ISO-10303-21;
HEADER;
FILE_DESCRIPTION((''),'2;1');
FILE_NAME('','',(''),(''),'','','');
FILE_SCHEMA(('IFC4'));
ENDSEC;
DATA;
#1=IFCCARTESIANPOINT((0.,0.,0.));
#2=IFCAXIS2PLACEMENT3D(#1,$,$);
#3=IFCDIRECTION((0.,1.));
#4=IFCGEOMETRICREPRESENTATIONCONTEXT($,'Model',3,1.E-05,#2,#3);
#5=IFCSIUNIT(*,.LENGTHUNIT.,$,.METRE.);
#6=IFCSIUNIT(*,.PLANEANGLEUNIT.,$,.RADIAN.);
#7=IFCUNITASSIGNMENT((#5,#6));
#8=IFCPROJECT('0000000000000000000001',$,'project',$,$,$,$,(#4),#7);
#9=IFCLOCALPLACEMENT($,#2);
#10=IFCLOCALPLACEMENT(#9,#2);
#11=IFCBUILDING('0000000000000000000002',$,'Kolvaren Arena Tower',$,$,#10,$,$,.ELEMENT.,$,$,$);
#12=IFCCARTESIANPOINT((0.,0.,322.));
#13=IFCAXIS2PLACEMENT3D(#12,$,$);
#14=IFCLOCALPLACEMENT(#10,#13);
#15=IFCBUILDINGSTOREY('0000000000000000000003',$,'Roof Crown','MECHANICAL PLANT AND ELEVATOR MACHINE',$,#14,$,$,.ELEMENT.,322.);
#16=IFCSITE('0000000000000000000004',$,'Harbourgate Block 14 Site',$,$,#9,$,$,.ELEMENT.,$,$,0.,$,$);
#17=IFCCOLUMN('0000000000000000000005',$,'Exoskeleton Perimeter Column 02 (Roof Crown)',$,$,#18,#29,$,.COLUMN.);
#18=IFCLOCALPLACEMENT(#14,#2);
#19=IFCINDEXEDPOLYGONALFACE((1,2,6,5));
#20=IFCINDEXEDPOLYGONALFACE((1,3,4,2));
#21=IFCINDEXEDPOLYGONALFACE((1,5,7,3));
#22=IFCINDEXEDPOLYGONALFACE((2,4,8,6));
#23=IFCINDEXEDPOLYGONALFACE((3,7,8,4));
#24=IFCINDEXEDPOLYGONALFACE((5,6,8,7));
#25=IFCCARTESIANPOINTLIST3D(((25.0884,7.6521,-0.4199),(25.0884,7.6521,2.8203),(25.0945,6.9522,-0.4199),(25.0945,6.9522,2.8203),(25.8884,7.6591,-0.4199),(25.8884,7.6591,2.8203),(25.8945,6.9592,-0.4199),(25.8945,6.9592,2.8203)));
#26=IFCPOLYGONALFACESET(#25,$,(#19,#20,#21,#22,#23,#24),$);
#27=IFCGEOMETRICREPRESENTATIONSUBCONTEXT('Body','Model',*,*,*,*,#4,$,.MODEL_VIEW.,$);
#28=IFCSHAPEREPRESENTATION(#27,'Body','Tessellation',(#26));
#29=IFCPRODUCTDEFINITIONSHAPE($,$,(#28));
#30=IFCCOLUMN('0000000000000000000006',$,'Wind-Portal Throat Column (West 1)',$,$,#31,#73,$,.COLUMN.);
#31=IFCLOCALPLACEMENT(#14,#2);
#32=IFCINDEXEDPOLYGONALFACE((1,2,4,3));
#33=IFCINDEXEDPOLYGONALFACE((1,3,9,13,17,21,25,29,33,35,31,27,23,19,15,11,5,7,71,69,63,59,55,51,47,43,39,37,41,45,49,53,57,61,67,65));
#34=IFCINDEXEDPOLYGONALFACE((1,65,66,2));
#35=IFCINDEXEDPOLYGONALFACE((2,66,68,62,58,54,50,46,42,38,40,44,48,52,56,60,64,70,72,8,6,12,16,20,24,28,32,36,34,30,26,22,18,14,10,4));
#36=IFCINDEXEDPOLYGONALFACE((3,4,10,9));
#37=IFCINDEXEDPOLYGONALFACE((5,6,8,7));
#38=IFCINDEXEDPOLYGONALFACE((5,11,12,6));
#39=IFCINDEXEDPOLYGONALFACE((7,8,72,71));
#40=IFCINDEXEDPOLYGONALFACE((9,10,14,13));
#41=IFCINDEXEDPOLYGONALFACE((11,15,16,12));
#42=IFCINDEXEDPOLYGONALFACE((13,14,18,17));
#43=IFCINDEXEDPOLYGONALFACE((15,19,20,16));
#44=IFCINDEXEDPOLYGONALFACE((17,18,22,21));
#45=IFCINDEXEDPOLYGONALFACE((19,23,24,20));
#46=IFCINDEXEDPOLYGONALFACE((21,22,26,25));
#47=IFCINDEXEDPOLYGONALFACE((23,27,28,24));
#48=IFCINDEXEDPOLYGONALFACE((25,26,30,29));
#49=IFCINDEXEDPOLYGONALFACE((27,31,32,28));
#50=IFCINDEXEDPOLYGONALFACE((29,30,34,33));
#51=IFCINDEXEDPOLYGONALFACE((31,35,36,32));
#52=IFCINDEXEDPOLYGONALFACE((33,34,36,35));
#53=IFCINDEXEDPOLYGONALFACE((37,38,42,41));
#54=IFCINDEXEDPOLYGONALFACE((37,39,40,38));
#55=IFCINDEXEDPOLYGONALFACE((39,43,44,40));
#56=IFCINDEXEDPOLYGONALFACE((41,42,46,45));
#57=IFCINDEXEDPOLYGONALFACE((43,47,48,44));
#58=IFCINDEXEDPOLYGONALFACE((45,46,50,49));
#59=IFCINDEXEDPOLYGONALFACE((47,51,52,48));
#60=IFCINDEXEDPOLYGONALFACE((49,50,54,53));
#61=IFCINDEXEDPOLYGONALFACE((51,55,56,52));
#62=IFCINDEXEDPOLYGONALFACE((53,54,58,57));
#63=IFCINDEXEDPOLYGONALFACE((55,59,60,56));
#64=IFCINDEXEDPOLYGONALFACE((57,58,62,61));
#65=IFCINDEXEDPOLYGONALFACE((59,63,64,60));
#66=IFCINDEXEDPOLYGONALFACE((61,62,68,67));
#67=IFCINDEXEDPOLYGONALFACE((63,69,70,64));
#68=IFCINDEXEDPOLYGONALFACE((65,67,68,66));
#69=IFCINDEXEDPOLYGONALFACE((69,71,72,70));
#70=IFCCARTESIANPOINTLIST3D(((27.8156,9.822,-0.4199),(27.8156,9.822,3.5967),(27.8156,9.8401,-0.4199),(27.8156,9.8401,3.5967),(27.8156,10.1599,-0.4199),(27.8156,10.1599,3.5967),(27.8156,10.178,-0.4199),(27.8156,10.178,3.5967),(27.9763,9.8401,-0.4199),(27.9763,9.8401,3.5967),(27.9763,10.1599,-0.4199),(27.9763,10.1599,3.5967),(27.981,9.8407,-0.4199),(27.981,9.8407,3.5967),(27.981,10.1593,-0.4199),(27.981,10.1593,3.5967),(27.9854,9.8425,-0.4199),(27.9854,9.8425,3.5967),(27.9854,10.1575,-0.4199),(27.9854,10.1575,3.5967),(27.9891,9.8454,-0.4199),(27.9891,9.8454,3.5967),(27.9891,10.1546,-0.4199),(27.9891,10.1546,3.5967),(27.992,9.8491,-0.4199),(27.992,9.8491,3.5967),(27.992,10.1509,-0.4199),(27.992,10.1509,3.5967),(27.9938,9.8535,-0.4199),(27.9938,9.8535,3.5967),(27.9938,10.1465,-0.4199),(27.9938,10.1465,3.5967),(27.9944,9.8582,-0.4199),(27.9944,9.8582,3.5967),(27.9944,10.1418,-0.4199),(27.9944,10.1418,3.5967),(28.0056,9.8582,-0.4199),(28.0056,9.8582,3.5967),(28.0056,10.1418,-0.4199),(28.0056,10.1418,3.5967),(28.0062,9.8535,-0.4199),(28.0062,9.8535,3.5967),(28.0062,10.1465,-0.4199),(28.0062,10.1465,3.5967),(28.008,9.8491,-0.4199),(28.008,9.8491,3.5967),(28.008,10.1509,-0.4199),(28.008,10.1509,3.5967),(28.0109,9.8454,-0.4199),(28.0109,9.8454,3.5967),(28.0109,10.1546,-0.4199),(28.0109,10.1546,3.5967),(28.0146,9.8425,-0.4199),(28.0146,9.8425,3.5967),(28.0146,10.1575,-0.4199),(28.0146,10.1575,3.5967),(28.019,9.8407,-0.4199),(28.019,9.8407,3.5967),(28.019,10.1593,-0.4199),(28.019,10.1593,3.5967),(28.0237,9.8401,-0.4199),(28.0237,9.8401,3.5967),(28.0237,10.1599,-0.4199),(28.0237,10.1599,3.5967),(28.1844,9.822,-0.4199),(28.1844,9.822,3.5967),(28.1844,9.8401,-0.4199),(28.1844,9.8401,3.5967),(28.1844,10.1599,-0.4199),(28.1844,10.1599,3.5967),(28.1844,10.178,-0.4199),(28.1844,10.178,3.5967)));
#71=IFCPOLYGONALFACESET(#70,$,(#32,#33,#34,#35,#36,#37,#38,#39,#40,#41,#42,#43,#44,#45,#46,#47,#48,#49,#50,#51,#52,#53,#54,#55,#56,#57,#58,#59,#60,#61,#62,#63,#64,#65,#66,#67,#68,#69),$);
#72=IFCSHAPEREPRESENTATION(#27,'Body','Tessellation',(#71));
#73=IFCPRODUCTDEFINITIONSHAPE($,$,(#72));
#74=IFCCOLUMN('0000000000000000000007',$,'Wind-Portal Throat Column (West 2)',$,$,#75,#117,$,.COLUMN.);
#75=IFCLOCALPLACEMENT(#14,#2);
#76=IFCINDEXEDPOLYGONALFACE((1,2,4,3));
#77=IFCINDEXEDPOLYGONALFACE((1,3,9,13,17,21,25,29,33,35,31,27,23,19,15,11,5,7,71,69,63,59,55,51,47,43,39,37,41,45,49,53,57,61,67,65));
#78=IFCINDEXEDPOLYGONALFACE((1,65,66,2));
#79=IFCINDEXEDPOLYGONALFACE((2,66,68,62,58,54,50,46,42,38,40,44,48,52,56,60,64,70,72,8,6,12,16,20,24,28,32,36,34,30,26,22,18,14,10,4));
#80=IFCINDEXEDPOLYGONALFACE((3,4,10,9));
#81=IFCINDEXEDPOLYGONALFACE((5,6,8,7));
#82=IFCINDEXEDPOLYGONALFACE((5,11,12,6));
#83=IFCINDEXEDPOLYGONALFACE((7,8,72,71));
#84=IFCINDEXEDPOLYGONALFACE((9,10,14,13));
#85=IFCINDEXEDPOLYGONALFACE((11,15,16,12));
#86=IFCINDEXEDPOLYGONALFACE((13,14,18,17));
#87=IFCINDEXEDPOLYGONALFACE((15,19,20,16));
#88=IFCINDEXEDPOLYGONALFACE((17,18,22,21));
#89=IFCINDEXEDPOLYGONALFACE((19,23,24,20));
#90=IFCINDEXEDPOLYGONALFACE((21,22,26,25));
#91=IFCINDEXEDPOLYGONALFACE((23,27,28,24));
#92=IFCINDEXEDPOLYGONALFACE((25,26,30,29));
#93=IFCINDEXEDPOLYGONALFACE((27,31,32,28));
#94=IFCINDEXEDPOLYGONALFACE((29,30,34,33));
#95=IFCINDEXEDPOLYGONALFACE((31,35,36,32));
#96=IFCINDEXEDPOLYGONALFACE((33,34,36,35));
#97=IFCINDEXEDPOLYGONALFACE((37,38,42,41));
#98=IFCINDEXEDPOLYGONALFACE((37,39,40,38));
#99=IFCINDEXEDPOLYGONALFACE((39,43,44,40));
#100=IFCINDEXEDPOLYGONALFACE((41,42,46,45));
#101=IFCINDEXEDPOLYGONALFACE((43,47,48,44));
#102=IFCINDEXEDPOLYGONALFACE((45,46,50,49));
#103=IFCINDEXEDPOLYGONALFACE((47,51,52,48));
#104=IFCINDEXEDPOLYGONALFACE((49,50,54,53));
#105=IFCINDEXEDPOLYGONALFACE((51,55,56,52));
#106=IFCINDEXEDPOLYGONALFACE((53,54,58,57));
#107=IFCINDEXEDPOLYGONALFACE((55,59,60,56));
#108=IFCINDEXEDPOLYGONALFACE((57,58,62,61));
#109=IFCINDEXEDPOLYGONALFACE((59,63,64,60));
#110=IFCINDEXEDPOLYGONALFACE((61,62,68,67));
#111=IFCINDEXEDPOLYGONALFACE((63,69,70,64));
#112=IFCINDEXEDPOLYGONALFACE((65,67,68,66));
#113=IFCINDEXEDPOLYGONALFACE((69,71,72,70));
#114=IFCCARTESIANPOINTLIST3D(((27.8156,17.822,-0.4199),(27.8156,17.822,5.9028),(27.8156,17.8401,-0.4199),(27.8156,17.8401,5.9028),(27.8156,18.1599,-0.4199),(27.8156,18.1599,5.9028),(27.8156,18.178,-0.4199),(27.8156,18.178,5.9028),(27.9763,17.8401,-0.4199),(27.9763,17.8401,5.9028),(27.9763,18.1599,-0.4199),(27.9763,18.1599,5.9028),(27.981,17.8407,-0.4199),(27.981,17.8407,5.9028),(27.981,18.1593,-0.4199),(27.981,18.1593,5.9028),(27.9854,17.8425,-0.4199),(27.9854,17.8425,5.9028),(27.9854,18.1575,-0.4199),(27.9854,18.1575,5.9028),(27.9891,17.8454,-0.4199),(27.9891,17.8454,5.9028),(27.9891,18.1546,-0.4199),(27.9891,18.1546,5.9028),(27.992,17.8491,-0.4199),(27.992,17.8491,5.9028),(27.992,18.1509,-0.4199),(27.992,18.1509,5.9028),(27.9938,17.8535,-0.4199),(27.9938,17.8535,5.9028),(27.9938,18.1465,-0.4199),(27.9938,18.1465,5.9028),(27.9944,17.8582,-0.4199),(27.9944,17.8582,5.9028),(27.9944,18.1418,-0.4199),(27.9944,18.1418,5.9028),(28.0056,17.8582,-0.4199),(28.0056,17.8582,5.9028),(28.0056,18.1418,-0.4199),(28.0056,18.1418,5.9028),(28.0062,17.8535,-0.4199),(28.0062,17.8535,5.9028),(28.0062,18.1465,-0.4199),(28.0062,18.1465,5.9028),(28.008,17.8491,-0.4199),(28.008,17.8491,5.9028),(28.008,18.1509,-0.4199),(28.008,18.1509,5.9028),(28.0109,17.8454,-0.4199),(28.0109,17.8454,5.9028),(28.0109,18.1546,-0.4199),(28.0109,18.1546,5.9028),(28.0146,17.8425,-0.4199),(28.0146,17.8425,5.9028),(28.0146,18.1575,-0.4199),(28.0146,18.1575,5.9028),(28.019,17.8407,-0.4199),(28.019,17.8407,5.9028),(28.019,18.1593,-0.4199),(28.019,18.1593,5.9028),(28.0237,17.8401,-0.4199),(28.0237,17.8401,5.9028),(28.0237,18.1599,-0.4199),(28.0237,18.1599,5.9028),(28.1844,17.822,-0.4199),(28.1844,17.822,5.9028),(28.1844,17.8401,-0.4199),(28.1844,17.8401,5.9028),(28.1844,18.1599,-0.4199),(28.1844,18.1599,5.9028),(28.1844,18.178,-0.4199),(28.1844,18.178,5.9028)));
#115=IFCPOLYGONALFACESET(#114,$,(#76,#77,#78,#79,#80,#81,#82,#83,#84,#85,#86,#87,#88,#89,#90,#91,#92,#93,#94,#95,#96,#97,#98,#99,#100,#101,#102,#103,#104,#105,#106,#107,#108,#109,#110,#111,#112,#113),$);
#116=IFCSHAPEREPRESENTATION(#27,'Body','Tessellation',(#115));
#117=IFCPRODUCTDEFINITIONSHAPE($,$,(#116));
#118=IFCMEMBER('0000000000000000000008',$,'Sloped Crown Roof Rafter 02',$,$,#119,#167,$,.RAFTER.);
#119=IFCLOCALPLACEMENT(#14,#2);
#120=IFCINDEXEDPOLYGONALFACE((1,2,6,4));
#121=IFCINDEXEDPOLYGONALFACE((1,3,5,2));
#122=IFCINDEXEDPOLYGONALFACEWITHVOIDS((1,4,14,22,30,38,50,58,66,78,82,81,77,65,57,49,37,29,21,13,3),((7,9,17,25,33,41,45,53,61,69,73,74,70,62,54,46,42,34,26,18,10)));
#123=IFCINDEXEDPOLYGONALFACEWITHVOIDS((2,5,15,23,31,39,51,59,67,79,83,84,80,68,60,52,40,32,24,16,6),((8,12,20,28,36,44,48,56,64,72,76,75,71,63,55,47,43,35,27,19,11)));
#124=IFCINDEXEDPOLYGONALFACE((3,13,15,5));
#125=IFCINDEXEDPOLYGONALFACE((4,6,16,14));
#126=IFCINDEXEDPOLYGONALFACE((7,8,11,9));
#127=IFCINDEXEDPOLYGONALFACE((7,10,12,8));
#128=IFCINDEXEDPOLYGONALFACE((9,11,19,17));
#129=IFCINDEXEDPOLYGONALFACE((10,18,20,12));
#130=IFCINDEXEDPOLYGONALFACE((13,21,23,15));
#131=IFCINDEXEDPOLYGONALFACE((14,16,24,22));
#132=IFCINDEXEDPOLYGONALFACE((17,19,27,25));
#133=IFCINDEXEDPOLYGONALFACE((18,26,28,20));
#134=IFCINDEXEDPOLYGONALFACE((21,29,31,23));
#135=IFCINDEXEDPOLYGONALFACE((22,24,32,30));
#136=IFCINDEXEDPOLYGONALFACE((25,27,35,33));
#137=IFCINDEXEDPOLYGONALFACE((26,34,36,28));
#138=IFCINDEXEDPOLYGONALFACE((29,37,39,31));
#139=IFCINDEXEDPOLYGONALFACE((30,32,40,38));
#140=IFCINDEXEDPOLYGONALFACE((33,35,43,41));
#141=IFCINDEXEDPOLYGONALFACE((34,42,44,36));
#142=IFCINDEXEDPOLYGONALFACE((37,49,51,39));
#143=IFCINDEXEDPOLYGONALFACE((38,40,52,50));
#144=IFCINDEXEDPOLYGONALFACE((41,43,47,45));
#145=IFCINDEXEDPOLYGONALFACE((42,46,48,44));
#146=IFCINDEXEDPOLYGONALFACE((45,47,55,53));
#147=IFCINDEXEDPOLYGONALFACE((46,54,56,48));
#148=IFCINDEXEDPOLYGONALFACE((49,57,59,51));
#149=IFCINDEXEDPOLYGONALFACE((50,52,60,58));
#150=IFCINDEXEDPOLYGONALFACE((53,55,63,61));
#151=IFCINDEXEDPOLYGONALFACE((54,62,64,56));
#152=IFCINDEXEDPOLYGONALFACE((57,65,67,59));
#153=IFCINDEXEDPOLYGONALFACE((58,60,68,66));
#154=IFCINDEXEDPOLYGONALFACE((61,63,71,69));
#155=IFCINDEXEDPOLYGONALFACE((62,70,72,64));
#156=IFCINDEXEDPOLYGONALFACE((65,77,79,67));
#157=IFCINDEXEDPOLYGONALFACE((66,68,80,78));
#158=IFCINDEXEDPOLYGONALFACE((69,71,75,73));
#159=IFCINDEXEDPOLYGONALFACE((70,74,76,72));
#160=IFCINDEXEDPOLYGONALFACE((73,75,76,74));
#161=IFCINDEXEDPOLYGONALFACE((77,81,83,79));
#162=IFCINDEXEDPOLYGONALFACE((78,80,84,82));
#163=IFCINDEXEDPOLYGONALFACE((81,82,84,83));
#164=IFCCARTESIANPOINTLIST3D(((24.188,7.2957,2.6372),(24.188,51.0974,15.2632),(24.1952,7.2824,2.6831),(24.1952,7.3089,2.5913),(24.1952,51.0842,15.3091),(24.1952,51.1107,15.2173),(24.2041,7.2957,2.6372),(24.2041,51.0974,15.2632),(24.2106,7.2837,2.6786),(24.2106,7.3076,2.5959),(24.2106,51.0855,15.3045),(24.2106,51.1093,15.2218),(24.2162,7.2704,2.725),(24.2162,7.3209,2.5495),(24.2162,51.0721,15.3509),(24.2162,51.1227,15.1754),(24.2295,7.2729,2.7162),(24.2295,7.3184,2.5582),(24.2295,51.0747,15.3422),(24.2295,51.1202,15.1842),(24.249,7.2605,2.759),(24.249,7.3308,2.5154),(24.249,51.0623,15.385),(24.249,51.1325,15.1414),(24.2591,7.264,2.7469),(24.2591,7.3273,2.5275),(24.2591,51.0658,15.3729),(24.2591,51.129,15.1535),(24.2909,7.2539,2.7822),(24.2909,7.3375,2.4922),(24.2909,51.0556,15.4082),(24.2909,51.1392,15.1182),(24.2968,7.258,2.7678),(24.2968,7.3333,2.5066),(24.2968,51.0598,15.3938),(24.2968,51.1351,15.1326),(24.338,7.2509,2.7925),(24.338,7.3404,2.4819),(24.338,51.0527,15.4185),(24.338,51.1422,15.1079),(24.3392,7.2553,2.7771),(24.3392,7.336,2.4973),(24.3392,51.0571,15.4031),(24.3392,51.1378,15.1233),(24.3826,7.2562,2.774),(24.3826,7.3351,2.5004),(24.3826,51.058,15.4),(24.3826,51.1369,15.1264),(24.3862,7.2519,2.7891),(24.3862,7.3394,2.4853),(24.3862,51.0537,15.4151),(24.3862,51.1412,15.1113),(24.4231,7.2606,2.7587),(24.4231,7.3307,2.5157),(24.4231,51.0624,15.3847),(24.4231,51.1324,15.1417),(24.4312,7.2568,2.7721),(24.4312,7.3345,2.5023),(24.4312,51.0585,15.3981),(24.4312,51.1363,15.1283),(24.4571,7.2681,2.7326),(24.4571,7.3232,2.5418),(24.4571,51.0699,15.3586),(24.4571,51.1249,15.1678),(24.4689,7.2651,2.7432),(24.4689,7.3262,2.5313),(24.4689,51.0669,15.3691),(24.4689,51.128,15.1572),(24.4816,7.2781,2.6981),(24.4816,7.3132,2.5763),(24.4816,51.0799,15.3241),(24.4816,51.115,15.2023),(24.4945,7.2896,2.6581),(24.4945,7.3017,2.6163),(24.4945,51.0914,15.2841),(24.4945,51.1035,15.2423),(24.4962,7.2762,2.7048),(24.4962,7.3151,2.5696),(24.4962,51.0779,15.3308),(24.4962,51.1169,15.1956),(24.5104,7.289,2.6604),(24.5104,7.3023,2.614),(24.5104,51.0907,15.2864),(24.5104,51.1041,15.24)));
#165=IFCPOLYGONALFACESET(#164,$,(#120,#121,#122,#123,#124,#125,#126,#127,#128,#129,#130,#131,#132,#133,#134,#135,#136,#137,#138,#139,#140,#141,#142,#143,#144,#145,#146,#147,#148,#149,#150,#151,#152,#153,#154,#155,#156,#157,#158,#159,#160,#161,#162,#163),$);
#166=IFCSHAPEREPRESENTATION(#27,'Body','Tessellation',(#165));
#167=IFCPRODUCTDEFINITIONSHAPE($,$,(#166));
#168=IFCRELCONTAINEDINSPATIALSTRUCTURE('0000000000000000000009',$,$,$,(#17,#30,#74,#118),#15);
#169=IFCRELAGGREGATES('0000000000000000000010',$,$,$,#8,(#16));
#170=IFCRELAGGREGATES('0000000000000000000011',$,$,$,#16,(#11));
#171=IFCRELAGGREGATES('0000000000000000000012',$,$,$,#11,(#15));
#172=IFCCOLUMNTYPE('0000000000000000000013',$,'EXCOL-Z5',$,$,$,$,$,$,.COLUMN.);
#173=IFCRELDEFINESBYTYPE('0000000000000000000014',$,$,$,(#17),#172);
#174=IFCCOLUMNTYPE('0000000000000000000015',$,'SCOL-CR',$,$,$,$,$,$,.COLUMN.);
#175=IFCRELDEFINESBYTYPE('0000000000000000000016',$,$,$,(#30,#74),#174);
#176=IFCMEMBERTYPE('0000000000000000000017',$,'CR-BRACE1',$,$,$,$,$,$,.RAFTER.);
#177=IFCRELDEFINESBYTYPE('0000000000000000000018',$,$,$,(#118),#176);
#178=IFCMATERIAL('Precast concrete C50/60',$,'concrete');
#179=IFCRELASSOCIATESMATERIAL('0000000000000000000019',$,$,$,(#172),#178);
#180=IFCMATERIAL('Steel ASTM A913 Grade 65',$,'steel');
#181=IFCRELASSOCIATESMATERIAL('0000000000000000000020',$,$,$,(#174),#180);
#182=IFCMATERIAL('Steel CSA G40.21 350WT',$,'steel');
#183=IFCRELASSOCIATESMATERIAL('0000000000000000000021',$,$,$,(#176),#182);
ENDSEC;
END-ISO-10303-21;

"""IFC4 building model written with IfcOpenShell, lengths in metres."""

from ifc_helpers import new_model, si_unit, direction, frame, origin, origin_2d, place, context, subcontext, project, spatial, rectangle, hollow_circle, i_section, extrude, material, material_profile, profile_set, type_object, element, save


model = new_model("IFC4")

# Units and contexts
model_context = context("Model", 3, precision=1e-05, world=origin(), true_north=direction((0.0, 1.0)))
body_context = subcontext(model_context, "Body", "Model", "MODEL_VIEW")
ifc_project = project(units=[si_unit("LENGTHUNIT", "METRE"), si_unit("PLANEANGLEUNIT", "RADIAN")], contexts=[model_context])

# Site, building, storey
site_placement = place(None, origin())
site = spatial("IfcSite", under=ifc_project, at=site_placement, Name="Harbourgate Block 14 Site", CompositionType="ELEMENT", RefElevation=0.0)
building_placement = place(site_placement, origin())
building = spatial("IfcBuilding", under=site, at=building_placement, Name="Kolvaren Arena Tower", CompositionType="ELEMENT")
storey_placement = place(building_placement, frame((0.0, 0.0, 322.0)))
storey = spatial("IfcBuildingStorey", under=building, at=storey_placement, Name="Roof Crown", Description="MECHANICAL PLANT AND ELEVATOR MACHINE", CompositionType="ELEMENT", Elevation=322.0)

# Columns
ifc_material_1 = material(Name="Precast concrete C50/60", Category="concrete")
ifc_material_profile_1 = material_profile(ifc_material_1, rectangle(XDim=0.8, YDim=0.7, at=origin_2d()), Name="RC-800x700")
ifc_profile_set_1 = profile_set([ifc_material_profile_1], Name="Precast concrete C50/60")
column_type_1 = type_object("IfcColumnType", Name="EXCOL-Z5", PredefinedType="COLUMN", material=ifc_profile_set_1)
column_1_placement = place(storey_placement, frame((25.4915, 7.3057, -0.4199), z_axis=(0.0, 0.0, 1.0), x_axis=(0.999962, 0.008727, 0.0)))
element("IfcColumn", 1, at=column_1_placement, inside=storey, type_object=column_type_1, Name="Exoskeleton Perimeter Column 02 (Roof Crown)", PredefinedType="COLUMN", context=body_context, shape_type="SweptSolid", body=[
    extrude(rectangle(XDim=0.8, YDim=0.7, at=origin_2d()), origin(), (0.0, 0.0, 1.0), 3.2402),
])
ifc_material_2 = material(Name="Steel ASTM A913 Grade 65", Category="steel")
ifc_material_profile_2 = material_profile(ifc_material_2, i_section(OverallWidth=0.3689, OverallDepth=0.356, WebThickness=0.0112, FlangeThickness=0.0181, FilletRadius=0.0181, at=origin_2d()), Name="W360x134")
ifc_profile_set_2 = profile_set([ifc_material_profile_2], Name="Steel ASTM A913 Grade 65")
column_type_2 = type_object("IfcColumnType", Name="SCOL-CR", PredefinedType="COLUMN", material=ifc_profile_set_2)
column_2_placement = place(storey_placement, frame((28.0, 10.0, -0.4199), z_axis=(0.0, 0.0, 1.0), x_axis=(1.0, 0.0, 0.0)))
element("IfcColumn", 2, at=column_2_placement, inside=storey, type_object=column_type_2, Name="Wind-Portal Throat Column (West 1)", PredefinedType="COLUMN", context=body_context, shape_type="SweptSolid", body=[
    extrude(i_section(OverallWidth=0.3689, OverallDepth=0.356, WebThickness=0.0112, FlangeThickness=0.0181, FilletRadius=0.0181, at=origin_2d()), origin(), (0.0, 0.0, 1.0), 4.0166),
])
column_3_placement = place(storey_placement, frame((28.0, 18.0, -0.4199), z_axis=(0.0, 0.0, 1.0), x_axis=(1.0, 0.0, 0.0)))
element("IfcColumn", 3, at=column_3_placement, inside=storey, type_object=column_type_2, Name="Wind-Portal Throat Column (West 2)", PredefinedType="COLUMN", context=body_context, shape_type="SweptSolid", body=[
    extrude(i_section(OverallWidth=0.3689, OverallDepth=0.356, WebThickness=0.0112, FlangeThickness=0.0181, FilletRadius=0.0181, at=origin_2d()), origin(), (0.0, 0.0, 1.0), 6.3228),
])

# Member
ifc_material_3 = material(Name="Steel CSA G40.21 350WT", Category="steel")
ifc_material_profile_3 = material_profile(ifc_material_3, hollow_circle(Radius=0.1621, WallThickness=0.0161, at=origin_2d()), Name="CHS 324x16")
ifc_profile_set_3 = profile_set([ifc_material_profile_3], Name="Steel CSA G40.21 350WT")
member_type_1 = type_object("IfcMemberType", Name="CR-BRACE1", PredefinedType="RAFTER", material=ifc_profile_set_3)
member_1_placement = place(storey_placement, frame((24.3501, 7.2957, 2.6372), z_axis=(0.0, 0.960877, 0.276975), x_axis=(-1.0, 0.0, 0.0)))
element("IfcMember", 4, at=member_1_placement, inside=storey, type_object=member_type_1, Name="Sloped Crown Roof Rafter 02", PredefinedType="RAFTER", context=body_context, shape_type="SweptSolid", body=[
    extrude(hollow_circle(Radius=0.1621, WallThickness=0.0161, at=origin_2d()), origin(), (0.0, 0.0, 1.0), 45.5852),
])

save(model, "model.ifc")
